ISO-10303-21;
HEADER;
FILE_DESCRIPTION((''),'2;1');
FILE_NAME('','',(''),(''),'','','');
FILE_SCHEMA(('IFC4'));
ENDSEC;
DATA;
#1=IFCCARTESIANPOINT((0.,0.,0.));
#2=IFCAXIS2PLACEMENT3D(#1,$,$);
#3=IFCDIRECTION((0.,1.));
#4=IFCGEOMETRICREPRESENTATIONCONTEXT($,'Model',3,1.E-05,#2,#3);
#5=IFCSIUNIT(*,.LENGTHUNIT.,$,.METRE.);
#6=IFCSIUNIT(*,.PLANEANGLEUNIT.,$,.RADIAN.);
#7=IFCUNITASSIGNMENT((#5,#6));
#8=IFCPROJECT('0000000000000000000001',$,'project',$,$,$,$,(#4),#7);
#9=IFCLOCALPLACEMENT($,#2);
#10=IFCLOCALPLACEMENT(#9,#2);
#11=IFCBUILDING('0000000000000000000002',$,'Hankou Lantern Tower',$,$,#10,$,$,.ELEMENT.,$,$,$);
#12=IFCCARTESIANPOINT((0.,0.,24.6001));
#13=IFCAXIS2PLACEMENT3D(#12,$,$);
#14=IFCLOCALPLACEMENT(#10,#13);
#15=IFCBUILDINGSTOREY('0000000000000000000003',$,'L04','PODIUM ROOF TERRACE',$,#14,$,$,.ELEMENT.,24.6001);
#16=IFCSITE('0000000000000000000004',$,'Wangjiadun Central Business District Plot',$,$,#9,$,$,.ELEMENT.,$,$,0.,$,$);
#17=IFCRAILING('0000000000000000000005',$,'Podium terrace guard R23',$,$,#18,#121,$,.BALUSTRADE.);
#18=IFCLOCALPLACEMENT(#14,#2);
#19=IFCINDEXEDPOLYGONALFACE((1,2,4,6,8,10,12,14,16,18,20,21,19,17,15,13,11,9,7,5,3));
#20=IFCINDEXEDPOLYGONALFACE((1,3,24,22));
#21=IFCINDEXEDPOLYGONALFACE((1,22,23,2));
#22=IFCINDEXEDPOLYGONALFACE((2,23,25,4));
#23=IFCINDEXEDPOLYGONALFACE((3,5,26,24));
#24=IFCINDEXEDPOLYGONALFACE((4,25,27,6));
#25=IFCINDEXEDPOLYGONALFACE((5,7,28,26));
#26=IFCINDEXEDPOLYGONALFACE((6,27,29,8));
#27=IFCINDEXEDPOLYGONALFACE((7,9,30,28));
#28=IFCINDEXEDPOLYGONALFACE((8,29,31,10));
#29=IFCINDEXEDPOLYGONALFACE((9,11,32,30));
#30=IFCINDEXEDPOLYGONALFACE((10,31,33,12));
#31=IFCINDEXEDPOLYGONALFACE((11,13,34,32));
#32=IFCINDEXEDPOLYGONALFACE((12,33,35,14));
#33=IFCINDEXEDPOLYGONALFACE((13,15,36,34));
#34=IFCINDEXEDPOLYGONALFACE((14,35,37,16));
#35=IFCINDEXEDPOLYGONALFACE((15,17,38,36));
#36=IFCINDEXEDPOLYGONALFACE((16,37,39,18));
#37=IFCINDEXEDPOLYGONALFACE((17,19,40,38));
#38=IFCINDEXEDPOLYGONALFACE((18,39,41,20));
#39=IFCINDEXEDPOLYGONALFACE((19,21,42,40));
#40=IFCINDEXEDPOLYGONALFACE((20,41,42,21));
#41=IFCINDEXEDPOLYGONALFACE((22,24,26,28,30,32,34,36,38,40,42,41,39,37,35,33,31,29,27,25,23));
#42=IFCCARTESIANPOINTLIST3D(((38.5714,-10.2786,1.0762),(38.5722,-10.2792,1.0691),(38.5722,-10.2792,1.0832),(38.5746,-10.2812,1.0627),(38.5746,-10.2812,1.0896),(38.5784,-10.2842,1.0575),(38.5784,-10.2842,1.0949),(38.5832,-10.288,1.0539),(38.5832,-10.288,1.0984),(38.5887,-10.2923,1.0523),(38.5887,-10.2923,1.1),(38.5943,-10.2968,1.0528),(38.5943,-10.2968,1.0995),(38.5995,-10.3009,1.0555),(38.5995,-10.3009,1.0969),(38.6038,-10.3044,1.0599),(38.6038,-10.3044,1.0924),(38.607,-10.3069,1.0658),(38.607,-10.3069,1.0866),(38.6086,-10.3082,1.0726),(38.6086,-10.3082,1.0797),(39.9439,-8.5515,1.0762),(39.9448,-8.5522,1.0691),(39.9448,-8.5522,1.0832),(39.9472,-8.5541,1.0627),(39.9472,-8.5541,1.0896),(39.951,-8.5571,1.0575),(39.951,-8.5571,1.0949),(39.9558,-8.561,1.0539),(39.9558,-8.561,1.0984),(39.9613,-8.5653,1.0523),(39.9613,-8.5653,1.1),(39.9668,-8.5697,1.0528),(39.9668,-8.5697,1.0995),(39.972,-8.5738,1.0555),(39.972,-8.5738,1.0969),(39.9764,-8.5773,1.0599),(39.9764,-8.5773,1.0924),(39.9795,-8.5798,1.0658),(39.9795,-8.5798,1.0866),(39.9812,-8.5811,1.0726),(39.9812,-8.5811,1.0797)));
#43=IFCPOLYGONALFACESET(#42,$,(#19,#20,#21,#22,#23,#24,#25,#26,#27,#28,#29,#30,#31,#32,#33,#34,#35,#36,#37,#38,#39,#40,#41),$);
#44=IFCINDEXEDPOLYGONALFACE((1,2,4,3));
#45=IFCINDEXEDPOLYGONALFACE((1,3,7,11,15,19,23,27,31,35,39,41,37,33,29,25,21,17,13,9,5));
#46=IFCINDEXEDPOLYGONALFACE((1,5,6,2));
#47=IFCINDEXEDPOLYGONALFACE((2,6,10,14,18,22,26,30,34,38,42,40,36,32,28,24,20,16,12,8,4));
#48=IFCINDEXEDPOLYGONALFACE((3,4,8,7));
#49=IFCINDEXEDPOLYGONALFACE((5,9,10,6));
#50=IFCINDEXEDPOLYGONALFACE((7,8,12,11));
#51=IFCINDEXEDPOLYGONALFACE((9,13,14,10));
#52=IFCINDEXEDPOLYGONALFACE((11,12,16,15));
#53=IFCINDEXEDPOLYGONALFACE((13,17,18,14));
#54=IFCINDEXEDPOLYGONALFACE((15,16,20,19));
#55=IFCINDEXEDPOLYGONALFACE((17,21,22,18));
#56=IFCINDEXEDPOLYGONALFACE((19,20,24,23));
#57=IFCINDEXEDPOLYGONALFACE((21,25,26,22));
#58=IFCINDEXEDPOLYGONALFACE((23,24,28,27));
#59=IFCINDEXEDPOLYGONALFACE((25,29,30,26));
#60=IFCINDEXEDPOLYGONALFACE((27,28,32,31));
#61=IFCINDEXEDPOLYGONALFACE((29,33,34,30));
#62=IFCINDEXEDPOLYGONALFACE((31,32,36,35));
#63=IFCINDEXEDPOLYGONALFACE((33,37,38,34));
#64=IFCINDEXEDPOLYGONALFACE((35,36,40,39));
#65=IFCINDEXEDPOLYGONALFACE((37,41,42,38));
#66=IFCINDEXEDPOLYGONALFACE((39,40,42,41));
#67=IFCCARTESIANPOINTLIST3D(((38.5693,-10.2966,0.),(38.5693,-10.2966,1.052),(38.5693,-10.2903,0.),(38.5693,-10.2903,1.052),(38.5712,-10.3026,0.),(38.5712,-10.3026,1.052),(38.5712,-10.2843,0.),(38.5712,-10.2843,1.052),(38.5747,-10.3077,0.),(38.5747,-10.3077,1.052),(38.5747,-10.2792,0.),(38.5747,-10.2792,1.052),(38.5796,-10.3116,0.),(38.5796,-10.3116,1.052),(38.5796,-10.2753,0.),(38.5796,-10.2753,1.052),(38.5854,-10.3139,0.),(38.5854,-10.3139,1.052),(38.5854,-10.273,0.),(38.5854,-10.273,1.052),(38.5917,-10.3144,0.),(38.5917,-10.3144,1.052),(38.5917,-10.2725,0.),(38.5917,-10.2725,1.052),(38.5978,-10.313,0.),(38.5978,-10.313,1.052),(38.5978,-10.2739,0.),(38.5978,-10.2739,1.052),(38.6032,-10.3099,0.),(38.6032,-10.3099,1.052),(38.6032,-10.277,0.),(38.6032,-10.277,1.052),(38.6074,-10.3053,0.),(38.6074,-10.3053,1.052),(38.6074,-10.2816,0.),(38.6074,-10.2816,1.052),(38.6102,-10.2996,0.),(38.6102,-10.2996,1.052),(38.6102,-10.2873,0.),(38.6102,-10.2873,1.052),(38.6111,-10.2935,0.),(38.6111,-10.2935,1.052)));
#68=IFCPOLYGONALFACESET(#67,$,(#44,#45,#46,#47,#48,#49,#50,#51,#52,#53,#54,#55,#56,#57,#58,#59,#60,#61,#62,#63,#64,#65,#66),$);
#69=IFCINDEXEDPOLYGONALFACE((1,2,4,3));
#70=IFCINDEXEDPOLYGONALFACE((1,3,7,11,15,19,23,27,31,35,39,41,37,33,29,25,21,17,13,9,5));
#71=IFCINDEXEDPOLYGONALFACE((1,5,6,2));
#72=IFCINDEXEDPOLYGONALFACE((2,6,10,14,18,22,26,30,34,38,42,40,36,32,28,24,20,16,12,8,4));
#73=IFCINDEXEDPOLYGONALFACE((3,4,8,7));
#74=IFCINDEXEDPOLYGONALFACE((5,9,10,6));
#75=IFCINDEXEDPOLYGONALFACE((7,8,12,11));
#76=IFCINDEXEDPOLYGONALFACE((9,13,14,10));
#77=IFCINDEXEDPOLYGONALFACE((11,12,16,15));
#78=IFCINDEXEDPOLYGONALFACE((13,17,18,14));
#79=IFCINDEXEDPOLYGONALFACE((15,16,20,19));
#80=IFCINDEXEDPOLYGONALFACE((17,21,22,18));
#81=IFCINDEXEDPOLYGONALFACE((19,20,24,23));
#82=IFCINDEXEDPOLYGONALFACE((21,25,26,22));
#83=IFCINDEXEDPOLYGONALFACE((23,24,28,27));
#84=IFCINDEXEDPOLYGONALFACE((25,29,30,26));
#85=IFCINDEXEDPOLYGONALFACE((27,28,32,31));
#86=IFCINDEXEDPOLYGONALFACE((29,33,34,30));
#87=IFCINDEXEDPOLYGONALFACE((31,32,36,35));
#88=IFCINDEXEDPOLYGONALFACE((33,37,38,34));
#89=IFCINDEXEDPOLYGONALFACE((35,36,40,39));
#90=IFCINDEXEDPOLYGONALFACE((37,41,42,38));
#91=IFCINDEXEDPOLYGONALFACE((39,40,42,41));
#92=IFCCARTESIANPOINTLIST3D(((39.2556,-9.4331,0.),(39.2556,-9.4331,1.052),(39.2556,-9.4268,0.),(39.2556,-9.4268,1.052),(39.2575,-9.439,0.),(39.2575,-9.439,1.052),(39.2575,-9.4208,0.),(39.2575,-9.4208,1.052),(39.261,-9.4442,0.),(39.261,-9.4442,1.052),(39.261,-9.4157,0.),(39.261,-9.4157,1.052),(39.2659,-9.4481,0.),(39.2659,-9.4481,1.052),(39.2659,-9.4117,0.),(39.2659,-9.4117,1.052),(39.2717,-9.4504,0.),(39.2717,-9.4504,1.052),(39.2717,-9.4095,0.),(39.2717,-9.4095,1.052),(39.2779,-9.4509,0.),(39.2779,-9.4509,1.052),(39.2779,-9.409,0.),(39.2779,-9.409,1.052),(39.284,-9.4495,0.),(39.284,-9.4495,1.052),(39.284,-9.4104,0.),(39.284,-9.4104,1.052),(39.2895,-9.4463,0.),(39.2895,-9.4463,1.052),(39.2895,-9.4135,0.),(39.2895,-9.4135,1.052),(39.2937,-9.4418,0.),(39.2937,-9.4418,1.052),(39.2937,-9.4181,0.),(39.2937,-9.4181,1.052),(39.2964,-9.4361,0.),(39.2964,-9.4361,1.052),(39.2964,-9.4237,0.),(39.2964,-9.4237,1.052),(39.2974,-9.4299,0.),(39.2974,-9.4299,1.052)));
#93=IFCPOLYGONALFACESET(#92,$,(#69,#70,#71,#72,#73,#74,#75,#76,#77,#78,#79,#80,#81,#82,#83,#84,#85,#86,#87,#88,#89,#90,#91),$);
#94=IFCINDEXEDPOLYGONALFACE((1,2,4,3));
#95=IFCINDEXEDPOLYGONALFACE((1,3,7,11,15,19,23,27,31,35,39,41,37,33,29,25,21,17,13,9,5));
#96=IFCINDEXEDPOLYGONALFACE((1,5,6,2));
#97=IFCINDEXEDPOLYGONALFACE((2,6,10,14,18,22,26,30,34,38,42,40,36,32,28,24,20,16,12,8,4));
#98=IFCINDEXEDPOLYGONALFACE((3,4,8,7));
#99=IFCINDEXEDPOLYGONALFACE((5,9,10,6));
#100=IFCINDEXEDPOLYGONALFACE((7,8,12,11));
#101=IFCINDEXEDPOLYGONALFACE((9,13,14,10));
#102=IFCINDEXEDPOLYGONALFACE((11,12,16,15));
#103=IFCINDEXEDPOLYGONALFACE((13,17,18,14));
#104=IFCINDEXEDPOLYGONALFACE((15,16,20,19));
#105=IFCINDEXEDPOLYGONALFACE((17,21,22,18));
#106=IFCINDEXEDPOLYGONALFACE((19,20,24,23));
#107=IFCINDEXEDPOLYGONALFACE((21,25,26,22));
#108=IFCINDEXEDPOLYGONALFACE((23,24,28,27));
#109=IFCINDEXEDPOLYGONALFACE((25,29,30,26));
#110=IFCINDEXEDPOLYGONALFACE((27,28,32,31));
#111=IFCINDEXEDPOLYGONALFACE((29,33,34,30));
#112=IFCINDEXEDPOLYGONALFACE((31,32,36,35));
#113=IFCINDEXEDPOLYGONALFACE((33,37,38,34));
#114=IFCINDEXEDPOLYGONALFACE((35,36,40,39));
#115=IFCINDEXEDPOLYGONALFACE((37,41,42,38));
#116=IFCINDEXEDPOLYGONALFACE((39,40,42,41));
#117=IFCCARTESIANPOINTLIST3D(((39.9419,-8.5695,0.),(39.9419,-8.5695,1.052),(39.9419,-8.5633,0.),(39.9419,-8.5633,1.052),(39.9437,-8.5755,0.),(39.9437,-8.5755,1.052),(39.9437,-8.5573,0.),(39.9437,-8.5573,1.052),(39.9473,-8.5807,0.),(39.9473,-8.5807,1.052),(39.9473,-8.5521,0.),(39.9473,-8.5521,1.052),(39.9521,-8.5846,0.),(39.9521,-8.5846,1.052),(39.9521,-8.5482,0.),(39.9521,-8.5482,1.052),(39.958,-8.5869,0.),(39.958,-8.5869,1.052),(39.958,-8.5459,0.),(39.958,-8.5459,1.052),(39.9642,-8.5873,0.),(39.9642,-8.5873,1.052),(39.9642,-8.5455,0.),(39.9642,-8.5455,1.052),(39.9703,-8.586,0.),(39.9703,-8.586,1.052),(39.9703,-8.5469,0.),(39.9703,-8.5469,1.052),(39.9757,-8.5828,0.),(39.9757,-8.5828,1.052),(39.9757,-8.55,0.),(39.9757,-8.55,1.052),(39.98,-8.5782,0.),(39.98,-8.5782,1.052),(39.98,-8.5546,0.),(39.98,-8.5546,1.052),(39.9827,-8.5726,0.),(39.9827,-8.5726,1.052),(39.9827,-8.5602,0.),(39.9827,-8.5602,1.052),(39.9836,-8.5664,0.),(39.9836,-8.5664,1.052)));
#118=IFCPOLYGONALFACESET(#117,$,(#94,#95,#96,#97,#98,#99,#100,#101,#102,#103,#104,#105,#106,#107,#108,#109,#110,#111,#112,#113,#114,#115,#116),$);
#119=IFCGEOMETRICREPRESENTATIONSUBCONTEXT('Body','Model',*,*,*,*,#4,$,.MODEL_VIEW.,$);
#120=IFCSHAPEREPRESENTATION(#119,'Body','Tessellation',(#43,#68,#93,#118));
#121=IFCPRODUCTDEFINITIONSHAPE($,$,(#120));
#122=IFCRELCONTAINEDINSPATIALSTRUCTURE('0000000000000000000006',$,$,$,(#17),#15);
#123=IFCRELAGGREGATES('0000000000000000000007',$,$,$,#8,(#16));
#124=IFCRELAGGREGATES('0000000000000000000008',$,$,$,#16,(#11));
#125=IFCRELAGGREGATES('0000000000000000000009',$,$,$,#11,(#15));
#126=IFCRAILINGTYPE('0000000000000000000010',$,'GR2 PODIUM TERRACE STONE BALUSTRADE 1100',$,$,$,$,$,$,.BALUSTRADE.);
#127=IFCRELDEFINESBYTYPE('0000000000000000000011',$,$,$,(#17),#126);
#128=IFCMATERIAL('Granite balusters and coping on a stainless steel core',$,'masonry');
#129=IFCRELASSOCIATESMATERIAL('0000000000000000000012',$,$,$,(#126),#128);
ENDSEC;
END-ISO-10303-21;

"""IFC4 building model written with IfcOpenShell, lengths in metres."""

from ifc_helpers import new_model, si_unit, direction, frame, origin, origin_2d, place, context, subcontext, project, spatial, circle, extrude, material, type_object, element, save


model = new_model("IFC4")

# Units and contexts
model_context = context("Model", 3, precision=1e-05, world=origin(), true_north=direction((0.0, 1.0)))
body_context = subcontext(model_context, "Body", "Model", "MODEL_VIEW")
ifc_project = project(units=[si_unit("LENGTHUNIT", "METRE"), si_unit("PLANEANGLEUNIT", "RADIAN")], contexts=[model_context])

# Site, building, storey
site_placement = place(None, origin())
site = spatial("IfcSite", under=ifc_project, at=site_placement, Name="Wangjiadun Central Business District Plot", CompositionType="ELEMENT", RefElevation=0.0)
building_placement = place(site_placement, origin())
building = spatial("IfcBuilding", under=site, at=building_placement, Name="Hankou Lantern Tower", CompositionType="ELEMENT")
storey_placement = place(building_placement, frame((0.0, 0.0, 24.6001)))
storey = spatial("IfcBuildingStorey", under=building, at=storey_placement, Name="L04", Description="PODIUM ROOF TERRACE", CompositionType="ELEMENT", Elevation=24.6001)

# Railing
ifc_material_1 = material(Name="Granite balusters and coping on a stainless steel core", Category="masonry")
railing_type_1 = type_object("IfcRailingType", Name="GR2 PODIUM TERRACE STONE BALUSTRADE 1100", PredefinedType="BALUSTRADE", material=ifc_material_1)
railing_1_placement = place(storey_placement, frame((38.5901, -10.2935, 0.0)))
element("IfcRailing", 1, at=railing_1_placement, inside=storey, type_object=railing_type_1, Name="Podium terrace guard R23", PredefinedType="BALUSTRADE", context=body_context, shape_type="SweptSolid", body=[
    extrude(circle(Radius=0.0239, at=origin_2d()), frame((0.0, 0.0, 1.0762), z_axis=(0.622182, 0.782873, 0.0), x_axis=(-0.782873, 0.622182, 0.0)), (0.0, 0.0, 1.0), 2.2061),
    extrude(circle(Radius=0.021, at=origin_2d()), origin(), (0.0, 0.0, 1.0), 1.052),
    extrude(circle(Radius=0.021, at=origin_2d()), frame((0.6863, 0.8635, 0.0)), (0.0, 0.0, 1.0), 1.052),
    extrude(circle(Radius=0.021, at=origin_2d()), frame((1.3726, 1.7271, 0.0)), (0.0, 0.0, 1.0), 1.052),
])

save(model, "model.ifc")
